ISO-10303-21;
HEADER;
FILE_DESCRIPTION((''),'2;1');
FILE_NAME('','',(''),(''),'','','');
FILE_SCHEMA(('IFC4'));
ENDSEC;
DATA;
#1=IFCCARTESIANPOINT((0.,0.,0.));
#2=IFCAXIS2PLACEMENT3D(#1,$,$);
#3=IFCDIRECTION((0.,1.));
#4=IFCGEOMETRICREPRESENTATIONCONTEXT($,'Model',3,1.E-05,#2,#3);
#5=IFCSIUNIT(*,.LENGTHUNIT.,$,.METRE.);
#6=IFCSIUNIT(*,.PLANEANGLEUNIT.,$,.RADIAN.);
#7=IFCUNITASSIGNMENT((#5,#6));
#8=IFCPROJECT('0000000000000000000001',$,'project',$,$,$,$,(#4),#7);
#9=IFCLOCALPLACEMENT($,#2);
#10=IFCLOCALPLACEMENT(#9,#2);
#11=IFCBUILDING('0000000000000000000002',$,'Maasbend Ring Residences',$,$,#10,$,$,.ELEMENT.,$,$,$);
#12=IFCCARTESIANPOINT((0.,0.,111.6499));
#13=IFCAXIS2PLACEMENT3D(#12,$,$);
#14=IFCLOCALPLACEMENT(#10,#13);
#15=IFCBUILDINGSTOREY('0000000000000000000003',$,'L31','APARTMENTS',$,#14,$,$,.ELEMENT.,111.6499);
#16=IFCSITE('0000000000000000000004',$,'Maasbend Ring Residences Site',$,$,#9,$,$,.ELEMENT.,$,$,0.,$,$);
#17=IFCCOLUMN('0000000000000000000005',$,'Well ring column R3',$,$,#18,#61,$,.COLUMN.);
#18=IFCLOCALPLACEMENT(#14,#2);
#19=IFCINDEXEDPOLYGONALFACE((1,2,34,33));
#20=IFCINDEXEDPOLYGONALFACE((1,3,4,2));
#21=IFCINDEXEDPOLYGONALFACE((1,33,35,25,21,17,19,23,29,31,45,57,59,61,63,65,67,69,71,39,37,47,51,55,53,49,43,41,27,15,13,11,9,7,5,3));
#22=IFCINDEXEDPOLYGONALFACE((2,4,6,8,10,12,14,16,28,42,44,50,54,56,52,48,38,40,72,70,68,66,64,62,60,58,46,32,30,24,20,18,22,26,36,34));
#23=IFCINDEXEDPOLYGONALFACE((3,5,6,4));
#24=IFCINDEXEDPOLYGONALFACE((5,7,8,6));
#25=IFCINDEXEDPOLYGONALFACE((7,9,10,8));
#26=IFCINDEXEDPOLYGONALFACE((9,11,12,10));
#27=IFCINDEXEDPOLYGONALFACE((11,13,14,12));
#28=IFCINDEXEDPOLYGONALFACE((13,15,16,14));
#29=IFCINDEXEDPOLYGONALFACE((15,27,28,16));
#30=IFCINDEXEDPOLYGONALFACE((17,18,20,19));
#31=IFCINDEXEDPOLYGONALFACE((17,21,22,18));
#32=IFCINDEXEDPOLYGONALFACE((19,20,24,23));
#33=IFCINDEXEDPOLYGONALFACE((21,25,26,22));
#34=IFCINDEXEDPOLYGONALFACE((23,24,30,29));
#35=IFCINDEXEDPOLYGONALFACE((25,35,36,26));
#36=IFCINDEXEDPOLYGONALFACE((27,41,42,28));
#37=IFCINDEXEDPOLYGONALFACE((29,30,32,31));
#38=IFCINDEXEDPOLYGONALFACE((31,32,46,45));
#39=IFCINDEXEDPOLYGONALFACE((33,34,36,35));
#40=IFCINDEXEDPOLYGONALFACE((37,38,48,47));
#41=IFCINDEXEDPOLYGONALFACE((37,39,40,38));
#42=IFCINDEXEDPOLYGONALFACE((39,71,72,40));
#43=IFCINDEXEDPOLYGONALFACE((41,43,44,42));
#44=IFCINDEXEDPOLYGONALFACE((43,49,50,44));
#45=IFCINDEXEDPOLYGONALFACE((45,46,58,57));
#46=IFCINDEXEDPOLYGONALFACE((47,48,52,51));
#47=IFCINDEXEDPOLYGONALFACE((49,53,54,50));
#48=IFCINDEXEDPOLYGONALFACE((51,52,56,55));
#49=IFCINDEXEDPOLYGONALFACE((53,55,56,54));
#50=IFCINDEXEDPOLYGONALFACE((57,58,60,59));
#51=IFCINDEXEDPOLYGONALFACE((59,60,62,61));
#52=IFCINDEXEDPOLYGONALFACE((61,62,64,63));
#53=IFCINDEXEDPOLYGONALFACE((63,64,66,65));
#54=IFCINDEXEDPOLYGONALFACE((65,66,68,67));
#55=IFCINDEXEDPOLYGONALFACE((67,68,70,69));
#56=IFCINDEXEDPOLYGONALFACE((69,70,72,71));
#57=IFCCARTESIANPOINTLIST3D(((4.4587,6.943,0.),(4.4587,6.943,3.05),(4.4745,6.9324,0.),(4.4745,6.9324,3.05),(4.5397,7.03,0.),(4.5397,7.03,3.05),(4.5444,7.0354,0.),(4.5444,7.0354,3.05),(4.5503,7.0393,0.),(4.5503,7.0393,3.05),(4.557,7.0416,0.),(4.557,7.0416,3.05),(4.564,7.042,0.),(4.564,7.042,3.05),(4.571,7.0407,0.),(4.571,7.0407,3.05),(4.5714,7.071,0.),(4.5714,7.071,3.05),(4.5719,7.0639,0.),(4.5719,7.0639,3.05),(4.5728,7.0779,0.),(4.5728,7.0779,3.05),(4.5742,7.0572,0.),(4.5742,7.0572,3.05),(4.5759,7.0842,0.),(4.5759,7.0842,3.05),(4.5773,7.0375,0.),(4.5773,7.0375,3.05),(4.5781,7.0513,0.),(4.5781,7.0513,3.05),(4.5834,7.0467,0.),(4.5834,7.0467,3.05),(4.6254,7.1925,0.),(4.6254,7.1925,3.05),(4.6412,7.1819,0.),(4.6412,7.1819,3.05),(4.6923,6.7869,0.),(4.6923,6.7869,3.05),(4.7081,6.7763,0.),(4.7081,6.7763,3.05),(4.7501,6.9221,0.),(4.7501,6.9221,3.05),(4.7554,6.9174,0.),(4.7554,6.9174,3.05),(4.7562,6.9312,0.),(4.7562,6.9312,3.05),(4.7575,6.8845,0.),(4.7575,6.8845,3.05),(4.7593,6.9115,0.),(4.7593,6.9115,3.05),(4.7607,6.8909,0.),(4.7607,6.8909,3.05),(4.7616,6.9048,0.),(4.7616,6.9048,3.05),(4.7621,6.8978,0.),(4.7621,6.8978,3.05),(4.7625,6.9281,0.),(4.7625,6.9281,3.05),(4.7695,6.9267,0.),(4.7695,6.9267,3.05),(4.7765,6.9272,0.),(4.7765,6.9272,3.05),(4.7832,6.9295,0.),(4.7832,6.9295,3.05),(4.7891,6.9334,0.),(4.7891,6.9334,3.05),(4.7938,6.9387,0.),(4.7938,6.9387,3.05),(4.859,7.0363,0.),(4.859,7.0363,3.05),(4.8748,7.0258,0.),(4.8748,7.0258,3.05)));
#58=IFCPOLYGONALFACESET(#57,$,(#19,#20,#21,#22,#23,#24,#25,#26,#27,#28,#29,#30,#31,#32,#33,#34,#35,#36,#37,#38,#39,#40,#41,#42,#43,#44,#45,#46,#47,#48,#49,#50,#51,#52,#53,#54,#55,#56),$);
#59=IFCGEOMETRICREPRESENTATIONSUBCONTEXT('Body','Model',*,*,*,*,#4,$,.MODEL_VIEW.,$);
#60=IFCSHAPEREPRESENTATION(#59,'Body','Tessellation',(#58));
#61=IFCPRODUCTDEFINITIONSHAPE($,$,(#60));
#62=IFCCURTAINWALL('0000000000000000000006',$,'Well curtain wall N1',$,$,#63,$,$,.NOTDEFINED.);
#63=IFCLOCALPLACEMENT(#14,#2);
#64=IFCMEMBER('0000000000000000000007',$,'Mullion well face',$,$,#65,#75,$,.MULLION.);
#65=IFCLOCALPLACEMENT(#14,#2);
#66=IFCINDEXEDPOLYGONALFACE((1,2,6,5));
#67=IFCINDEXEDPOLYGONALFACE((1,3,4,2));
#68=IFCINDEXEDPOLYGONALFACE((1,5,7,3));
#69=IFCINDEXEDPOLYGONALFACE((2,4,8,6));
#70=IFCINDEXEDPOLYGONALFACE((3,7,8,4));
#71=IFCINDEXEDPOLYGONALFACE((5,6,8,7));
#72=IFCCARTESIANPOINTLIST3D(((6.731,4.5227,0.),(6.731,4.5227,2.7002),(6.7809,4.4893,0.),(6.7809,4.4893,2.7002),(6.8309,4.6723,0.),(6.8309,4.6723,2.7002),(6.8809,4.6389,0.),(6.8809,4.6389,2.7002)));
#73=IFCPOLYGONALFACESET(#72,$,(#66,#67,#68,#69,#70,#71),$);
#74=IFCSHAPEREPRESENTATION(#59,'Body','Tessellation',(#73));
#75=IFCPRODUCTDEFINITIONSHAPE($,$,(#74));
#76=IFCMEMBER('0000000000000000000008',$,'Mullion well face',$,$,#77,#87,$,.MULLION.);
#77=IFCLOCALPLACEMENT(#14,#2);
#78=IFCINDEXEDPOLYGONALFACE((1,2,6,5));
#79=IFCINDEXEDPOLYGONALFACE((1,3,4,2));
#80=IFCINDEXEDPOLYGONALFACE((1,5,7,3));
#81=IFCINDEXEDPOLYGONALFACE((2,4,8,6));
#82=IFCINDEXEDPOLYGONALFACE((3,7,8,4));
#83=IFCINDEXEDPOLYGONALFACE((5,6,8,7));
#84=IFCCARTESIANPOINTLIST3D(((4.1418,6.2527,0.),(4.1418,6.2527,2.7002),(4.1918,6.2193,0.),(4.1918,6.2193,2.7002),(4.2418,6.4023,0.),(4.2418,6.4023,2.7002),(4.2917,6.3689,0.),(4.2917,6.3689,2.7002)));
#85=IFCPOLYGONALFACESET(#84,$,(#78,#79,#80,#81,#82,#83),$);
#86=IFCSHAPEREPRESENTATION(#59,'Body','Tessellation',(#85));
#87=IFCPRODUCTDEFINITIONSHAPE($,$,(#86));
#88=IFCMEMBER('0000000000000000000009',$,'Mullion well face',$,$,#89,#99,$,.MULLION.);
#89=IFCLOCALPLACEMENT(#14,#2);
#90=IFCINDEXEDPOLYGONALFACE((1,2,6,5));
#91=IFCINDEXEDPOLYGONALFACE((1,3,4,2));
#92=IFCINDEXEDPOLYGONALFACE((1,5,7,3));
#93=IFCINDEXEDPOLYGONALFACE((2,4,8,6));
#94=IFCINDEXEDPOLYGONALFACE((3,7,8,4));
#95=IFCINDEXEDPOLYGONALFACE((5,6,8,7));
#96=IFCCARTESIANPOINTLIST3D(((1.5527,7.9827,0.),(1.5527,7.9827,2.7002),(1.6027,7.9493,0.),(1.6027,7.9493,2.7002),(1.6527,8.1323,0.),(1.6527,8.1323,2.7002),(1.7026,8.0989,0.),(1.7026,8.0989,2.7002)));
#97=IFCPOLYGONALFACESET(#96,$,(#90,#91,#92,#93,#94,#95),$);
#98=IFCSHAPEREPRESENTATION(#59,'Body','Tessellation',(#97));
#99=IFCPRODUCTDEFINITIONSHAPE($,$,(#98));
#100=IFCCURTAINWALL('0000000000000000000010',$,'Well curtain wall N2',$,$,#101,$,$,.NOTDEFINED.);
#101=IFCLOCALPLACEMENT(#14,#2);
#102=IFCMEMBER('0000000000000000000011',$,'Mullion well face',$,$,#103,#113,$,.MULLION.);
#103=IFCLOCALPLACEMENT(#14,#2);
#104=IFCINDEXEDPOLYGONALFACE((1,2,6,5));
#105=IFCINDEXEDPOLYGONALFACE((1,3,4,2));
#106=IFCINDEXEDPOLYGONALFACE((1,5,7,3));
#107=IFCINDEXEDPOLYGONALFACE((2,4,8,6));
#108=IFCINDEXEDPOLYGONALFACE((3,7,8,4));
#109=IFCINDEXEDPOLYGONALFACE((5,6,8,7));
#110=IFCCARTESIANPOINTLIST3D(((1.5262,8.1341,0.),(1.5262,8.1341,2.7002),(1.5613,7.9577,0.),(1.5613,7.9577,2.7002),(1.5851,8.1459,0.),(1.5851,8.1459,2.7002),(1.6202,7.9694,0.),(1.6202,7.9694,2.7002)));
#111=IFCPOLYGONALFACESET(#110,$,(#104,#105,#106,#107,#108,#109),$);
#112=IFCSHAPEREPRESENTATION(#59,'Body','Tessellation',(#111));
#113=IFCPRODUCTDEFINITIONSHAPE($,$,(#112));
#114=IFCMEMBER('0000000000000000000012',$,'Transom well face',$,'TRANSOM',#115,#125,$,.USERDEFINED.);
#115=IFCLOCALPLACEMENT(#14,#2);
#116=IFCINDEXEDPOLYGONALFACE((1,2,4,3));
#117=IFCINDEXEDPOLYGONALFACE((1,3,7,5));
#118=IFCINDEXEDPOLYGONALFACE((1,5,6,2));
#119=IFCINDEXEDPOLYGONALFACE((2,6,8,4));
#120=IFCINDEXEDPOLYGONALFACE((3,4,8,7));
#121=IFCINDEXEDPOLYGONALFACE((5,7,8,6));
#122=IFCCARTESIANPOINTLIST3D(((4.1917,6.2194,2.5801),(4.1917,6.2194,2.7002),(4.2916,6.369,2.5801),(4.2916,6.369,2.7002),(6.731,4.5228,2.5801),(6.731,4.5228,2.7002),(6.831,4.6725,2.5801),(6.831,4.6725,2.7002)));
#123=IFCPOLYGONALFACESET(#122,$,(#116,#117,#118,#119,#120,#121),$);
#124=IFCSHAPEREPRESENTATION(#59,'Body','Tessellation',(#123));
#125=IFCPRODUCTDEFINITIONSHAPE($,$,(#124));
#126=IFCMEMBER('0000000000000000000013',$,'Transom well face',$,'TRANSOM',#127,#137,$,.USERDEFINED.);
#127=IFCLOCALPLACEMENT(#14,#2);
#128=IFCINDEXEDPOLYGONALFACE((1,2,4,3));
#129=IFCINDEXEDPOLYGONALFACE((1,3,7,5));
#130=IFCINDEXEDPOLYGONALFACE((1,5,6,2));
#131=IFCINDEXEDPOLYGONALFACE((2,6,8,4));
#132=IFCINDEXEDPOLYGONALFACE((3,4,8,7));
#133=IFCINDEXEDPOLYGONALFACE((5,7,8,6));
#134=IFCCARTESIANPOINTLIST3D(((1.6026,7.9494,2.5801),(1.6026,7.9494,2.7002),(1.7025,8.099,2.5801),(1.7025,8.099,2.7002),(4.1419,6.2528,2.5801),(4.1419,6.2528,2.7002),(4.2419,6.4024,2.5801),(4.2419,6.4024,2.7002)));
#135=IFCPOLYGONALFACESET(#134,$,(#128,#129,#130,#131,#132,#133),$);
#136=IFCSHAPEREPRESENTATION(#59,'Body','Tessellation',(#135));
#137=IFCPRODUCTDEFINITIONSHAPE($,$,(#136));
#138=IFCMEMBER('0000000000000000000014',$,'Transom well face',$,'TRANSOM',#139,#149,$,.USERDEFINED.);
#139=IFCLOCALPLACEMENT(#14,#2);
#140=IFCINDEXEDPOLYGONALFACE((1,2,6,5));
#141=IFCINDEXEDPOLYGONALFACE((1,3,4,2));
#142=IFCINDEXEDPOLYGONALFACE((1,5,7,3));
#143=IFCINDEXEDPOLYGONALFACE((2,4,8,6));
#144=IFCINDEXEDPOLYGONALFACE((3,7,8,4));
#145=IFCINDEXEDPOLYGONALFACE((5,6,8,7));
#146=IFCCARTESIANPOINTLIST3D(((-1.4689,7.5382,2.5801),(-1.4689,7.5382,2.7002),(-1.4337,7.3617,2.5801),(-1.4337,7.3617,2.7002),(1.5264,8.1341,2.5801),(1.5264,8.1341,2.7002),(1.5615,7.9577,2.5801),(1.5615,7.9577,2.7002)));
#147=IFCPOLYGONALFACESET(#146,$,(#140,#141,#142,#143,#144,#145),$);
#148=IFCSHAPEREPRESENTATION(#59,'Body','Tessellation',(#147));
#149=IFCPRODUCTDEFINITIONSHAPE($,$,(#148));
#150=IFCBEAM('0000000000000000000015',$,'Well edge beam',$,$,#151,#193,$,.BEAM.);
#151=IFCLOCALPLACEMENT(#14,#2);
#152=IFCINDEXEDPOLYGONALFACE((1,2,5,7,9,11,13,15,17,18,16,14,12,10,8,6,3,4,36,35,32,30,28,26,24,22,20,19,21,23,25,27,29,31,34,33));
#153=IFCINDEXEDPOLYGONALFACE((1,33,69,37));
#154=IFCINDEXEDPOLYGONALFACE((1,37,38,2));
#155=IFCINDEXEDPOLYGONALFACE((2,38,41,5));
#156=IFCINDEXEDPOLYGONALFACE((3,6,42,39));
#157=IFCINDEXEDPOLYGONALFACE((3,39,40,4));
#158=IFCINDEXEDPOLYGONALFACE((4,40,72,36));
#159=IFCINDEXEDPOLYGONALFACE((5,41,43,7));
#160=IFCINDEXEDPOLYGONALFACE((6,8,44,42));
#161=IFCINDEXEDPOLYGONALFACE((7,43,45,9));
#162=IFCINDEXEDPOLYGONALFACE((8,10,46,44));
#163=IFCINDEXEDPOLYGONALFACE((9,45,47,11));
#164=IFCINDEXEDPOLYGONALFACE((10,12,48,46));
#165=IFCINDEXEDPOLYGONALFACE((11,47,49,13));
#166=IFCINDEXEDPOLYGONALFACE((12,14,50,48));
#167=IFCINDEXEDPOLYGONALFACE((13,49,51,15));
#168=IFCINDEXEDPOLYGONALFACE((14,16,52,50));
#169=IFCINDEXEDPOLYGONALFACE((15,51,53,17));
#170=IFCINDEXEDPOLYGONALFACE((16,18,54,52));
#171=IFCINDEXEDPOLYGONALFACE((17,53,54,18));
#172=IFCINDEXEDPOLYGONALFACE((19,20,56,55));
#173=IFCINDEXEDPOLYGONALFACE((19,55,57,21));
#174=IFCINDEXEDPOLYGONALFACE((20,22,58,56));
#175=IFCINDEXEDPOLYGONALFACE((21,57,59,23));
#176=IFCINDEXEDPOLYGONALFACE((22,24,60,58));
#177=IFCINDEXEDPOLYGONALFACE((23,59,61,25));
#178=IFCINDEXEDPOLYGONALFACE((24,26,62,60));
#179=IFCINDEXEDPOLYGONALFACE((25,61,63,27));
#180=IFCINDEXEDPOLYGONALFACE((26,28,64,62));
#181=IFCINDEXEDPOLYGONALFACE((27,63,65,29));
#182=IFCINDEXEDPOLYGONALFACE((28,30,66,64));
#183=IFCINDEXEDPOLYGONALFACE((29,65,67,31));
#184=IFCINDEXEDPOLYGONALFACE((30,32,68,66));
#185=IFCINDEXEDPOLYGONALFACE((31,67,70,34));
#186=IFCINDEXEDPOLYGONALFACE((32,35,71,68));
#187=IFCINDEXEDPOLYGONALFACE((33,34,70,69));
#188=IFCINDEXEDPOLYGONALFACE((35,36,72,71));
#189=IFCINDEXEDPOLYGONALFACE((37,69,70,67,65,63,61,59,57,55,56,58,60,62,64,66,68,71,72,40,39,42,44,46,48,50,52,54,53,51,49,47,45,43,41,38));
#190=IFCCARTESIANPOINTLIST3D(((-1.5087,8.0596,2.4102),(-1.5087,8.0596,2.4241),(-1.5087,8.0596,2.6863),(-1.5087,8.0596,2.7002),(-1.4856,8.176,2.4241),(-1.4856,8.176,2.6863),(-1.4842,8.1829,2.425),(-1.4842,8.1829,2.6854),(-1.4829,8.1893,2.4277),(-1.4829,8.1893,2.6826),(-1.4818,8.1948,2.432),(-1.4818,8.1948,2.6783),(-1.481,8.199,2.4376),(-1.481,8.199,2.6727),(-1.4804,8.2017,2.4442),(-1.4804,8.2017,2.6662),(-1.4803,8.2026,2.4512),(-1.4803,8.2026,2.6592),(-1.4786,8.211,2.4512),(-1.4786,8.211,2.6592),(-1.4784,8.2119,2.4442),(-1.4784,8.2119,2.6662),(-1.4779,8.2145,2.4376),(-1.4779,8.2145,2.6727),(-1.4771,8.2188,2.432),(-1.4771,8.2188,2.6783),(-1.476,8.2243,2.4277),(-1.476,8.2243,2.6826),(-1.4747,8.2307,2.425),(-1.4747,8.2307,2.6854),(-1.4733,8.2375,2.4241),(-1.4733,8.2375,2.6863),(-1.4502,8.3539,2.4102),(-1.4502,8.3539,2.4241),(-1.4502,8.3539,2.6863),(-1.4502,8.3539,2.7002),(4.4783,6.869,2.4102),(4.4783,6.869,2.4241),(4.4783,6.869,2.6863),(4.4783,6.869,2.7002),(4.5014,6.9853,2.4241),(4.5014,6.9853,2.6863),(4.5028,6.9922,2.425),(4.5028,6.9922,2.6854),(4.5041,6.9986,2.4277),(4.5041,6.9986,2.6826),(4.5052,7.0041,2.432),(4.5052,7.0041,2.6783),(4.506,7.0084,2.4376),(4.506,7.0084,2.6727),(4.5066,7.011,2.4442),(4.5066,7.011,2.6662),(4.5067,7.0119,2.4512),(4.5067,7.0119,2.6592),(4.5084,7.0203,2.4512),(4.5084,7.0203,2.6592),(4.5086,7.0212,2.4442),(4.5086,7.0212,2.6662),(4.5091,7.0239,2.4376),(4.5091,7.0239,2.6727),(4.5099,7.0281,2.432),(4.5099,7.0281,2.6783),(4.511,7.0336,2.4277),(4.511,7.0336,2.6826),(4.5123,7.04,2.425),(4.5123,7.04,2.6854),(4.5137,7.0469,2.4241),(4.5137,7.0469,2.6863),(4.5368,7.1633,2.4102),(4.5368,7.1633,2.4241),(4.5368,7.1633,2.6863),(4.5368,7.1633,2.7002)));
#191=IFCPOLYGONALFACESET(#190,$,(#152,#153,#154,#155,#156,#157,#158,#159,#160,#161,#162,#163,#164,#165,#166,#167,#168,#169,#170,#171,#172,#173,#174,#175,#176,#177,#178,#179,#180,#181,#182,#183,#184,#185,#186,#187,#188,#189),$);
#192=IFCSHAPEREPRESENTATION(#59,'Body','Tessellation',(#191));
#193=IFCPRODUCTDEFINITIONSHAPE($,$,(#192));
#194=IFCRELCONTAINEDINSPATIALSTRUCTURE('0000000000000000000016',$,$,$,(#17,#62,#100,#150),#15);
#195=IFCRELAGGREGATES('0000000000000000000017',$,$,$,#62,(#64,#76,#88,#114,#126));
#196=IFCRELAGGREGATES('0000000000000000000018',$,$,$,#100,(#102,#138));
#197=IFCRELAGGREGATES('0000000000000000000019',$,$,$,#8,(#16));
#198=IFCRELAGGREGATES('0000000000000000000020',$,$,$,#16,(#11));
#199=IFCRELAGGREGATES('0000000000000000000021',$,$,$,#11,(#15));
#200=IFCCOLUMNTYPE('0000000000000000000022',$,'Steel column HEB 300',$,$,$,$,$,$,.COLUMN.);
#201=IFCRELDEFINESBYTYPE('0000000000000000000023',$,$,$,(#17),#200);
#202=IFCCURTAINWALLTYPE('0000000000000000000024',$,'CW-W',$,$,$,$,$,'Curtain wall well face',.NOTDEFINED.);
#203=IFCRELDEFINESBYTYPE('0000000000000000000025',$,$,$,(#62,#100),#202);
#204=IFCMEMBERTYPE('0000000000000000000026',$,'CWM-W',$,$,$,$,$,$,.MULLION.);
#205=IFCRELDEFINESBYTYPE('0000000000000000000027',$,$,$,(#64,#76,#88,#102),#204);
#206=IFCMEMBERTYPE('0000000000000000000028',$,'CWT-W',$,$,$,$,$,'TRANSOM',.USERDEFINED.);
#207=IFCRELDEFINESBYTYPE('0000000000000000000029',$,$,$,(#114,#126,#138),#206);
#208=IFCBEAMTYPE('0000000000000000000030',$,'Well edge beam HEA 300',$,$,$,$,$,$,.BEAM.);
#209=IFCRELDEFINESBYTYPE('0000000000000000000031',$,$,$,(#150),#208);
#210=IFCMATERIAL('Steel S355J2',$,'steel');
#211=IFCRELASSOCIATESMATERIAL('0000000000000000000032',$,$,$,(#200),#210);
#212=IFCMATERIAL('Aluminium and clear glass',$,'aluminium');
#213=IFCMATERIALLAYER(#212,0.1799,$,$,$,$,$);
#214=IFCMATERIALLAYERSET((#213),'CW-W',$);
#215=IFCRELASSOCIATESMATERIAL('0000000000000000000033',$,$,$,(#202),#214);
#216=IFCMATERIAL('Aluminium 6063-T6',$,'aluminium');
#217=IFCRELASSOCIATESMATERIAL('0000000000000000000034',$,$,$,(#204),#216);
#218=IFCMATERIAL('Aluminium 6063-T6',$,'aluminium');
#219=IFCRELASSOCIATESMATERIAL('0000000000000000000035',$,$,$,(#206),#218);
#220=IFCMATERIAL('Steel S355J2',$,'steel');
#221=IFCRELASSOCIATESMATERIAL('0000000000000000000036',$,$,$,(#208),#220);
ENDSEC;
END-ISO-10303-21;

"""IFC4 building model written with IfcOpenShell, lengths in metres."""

from ifc_helpers import new_model, si_unit, direction, frame, origin, origin_2d, place, context, subcontext, project, spatial, rectangle, i_section, extrude, material, layer, layer_set, material_profile, profile_set, type_object, element, aggregate, save


model = new_model("IFC4")

# Units and contexts
model_context = context("Model", 3, precision=1e-05, world=origin(), true_north=direction((0.0, 1.0)))
body_context = subcontext(model_context, "Body", "Model", "MODEL_VIEW")
ifc_project = project(units=[si_unit("LENGTHUNIT", "METRE"), si_unit("PLANEANGLEUNIT", "RADIAN")], contexts=[model_context])

# Site, building, storey
site_placement = place(None, origin())
site = spatial("IfcSite", under=ifc_project, at=site_placement, Name="Maasbend Ring Residences Site", CompositionType="ELEMENT", RefElevation=0.0)
building_placement = place(site_placement, origin())
building = spatial("IfcBuilding", under=site, at=building_placement, Name="Maasbend Ring Residences", CompositionType="ELEMENT")
storey_placement = place(building_placement, frame((0.0, 0.0, 111.6499)))
storey = spatial("IfcBuildingStorey", under=building, at=storey_placement, Name="L31", Description="APARTMENTS", CompositionType="ELEMENT", Elevation=111.6499)

# Column
ifc_material_1 = material(Name="Steel S355J2", Category="steel")
ifc_material_profile_1 = material_profile(ifc_material_1, i_section(OverallWidth=0.3, OverallDepth=0.3, WebThickness=0.011, FlangeThickness=0.019, FilletRadius=0.0271, at=origin_2d()), Name="HEB 300")
ifc_profile_set_1 = profile_set([ifc_material_profile_1], Name="Steel S355J2")
column_type = type_object("IfcColumnType", Name="Steel column HEB 300", PredefinedType="COLUMN", material=ifc_profile_set_1)
column_placement = place(storey_placement, frame((4.6667, 6.9844, 0.0), z_axis=(0.0, 0.0, 1.0), x_axis=(0.55557, 0.83147, 0.0)))
element("IfcColumn", 1, at=column_placement, inside=storey, type_object=column_type, Name="Well ring column R3", PredefinedType="COLUMN", context=body_context, shape_type="SweptSolid", body=[
    extrude(i_section(OverallWidth=0.3, OverallDepth=0.3, WebThickness=0.011, FlangeThickness=0.019, FilletRadius=0.0271, at=origin_2d()), origin(), (0.0, 0.0, 1.0), 3.05),
])

# Curtain wall, members
ifc_material_2 = material(Name="Aluminium and clear glass", Category="aluminium")
ifc_layer_1 = layer(ifc_material_2, 0.1799)
ifc_layer_set_1 = layer_set([ifc_layer_1], Name="CW-W")
curtain_wall_type = type_object("IfcCurtainWallType", Name="CW-W", ElementType="Curtain wall well face", PredefinedType="NOTDEFINED", material=ifc_layer_set_1)
curtain_wall_1_placement = place(storey_placement, origin())
curtain_wall_1 = element("IfcCurtainWall", 2, at=curtain_wall_1_placement, inside=storey, type_object=curtain_wall_type, Name="Well curtain wall N1", PredefinedType="NOTDEFINED")
ifc_material_3 = material(Name="Aluminium 6063-T6", Category="aluminium")
ifc_material_profile_2 = material_profile(ifc_material_3, rectangle(XDim=0.1799, YDim=0.0601, at=origin_2d()), Name="AL 180x60")
ifc_profile_set_2 = profile_set([ifc_material_profile_2], Name="Aluminium 6063-T6")
member_type_1 = type_object("IfcMemberType", Name="CWM-W", PredefinedType="MULLION", material=ifc_profile_set_2)
member_1_placement = place(storey_placement, frame((6.8059, 4.5808, 0.0), z_axis=(0.0, 0.0, 1.0), x_axis=(-0.55557, -0.83147, 0.0)))
member_1 = element("IfcMember", 3, at=member_1_placement, type_object=member_type_1, Name="Mullion well face", PredefinedType="MULLION", context=body_context, shape_type="SweptSolid", body=[
    extrude(rectangle(XDim=0.1799, YDim=0.0601, at=origin_2d()), origin(), (0.0, 0.0, 1.0), 2.7002),
])
member_2_placement = place(storey_placement, frame((4.2168, 6.3108, 0.0), z_axis=(0.0, 0.0, 1.0), x_axis=(-0.55557, -0.83147, 0.0)))
member_2 = element("IfcMember", 4, at=member_2_placement, type_object=member_type_1, Name="Mullion well face", PredefinedType="MULLION", context=body_context, shape_type="SweptSolid", body=[
    extrude(rectangle(XDim=0.1799, YDim=0.0601, at=origin_2d()), origin(), (0.0, 0.0, 1.0), 2.7002),
])
member_3_placement = place(storey_placement, frame((1.6277, 8.0408, 0.0), z_axis=(0.0, 0.0, 1.0), x_axis=(-0.55557, -0.83147, 0.0)))
member_3 = element("IfcMember", 5, at=member_3_placement, type_object=member_type_1, Name="Mullion well face", PredefinedType="MULLION", context=body_context, shape_type="SweptSolid", body=[
    extrude(rectangle(XDim=0.1799, YDim=0.0601, at=origin_2d()), origin(), (0.0, 0.0, 1.0), 2.7002),
])

# Curtain wall, member
curtain_wall_2_placement = place(storey_placement, origin())
curtain_wall_2 = element("IfcCurtainWall", 6, at=curtain_wall_2_placement, inside=storey, type_object=curtain_wall_type, Name="Well curtain wall N2", PredefinedType="NOTDEFINED")
member_4_placement = place(storey_placement, frame((1.5732, 8.0518, 0.0), z_axis=(0.0, 0.0, 1.0), x_axis=(0.19509, -0.980785, 0.0)))
member_4 = element("IfcMember", 7, at=member_4_placement, type_object=member_type_1, Name="Mullion well face", PredefinedType="MULLION", context=body_context, shape_type="SweptSolid", body=[
    extrude(rectangle(XDim=0.1799, YDim=0.0601, at=origin_2d()), origin(), (0.0, 0.0, 1.0), 2.7002),
])

# Members
ifc_material_4 = material(Name="Aluminium 6063-T6", Category="aluminium")
ifc_material_profile_3 = material_profile(ifc_material_4, rectangle(XDim=0.1799, YDim=0.1201, at=origin_2d()), Name="AL 180x120")
ifc_profile_set_3 = profile_set([ifc_material_profile_3], Name="Aluminium 6063-T6")
member_type_2 = type_object("IfcMemberType", Name="CWT-W", ElementType="TRANSOM", PredefinedType="USERDEFINED", material=ifc_profile_set_3)
member_5_placement = place(storey_placement, frame((6.781, 4.5977, 2.6401), z_axis=(-0.831496, 0.55553, 0.0), x_axis=(-0.55553, -0.831496, 0.0)))
member_5 = element("IfcMember", 8, at=member_5_placement, type_object=member_type_2, Name="Transom well face", ObjectType="TRANSOM", PredefinedType="USERDEFINED", context=body_context, shape_type="SweptSolid", body=[
    extrude(rectangle(XDim=0.1799, YDim=0.1201, at=origin_2d()), origin(), (0.0, 0.0, 1.0), 3.054),
])
member_6_placement = place(storey_placement, frame((4.1919, 6.3276, 2.6401), z_axis=(-0.831496, 0.55553, 0.0), x_axis=(-0.55553, -0.831496, 0.0)))
member_6 = element("IfcMember", 9, at=member_6_placement, type_object=member_type_2, Name="Transom well face", ObjectType="TRANSOM", PredefinedType="USERDEFINED", context=body_context, shape_type="SweptSolid", body=[
    extrude(rectangle(XDim=0.1799, YDim=0.1201, at=origin_2d()), origin(), (0.0, 0.0, 1.0), 3.054),
])
member_7_placement = place(storey_placement, frame((1.5439, 8.0459, 2.6401), z_axis=(-0.980777, -0.195132, 0.0), x_axis=(0.195132, -0.980777, 0.0)))
member_7 = element("IfcMember", 10, at=member_7_placement, type_object=member_type_2, Name="Transom well face", ObjectType="TRANSOM", PredefinedType="USERDEFINED", context=body_context, shape_type="SweptSolid", body=[
    extrude(rectangle(XDim=0.1799, YDim=0.1201, at=origin_2d()), origin(), (0.0, 0.0, 1.0), 3.054),
])

# Beam
ifc_material_5 = material(Name="Steel S355J2", Category="steel")
ifc_material_profile_4 = material_profile(ifc_material_5, i_section(OverallWidth=0.3, OverallDepth=0.29, WebThickness=0.0085, FlangeThickness=0.0139, FilletRadius=0.0271, at=origin_2d()), Name="HEA 300")
ifc_profile_set_4 = profile_set([ifc_material_profile_4], Name="Steel S355J2")
beam_type = type_object("IfcBeamType", Name="Well edge beam HEA 300", PredefinedType="BEAM", material=ifc_profile_set_4)
beam_placement = place(storey_placement, frame((4.5076, 7.0161, 2.5552), z_axis=(-0.980792, 0.195055, 0.0), x_axis=(-0.195055, -0.980792, 0.0)))
element("IfcBeam", 11, at=beam_placement, inside=storey, type_object=beam_type, Name="Well edge beam", PredefinedType="BEAM", context=body_context, shape_type="SweptSolid", body=[
    extrude(i_section(OverallWidth=0.3, OverallDepth=0.29, WebThickness=0.0085, FlangeThickness=0.0139, FilletRadius=0.0271, at=origin_2d()), origin(), (0.0, 0.0, 1.0), 6.1042),
])

aggregate(curtain_wall_1, [member_1, member_2, member_3, member_5, member_6])
aggregate(curtain_wall_2, [member_4, member_7])

save(model, "model.ifc")
